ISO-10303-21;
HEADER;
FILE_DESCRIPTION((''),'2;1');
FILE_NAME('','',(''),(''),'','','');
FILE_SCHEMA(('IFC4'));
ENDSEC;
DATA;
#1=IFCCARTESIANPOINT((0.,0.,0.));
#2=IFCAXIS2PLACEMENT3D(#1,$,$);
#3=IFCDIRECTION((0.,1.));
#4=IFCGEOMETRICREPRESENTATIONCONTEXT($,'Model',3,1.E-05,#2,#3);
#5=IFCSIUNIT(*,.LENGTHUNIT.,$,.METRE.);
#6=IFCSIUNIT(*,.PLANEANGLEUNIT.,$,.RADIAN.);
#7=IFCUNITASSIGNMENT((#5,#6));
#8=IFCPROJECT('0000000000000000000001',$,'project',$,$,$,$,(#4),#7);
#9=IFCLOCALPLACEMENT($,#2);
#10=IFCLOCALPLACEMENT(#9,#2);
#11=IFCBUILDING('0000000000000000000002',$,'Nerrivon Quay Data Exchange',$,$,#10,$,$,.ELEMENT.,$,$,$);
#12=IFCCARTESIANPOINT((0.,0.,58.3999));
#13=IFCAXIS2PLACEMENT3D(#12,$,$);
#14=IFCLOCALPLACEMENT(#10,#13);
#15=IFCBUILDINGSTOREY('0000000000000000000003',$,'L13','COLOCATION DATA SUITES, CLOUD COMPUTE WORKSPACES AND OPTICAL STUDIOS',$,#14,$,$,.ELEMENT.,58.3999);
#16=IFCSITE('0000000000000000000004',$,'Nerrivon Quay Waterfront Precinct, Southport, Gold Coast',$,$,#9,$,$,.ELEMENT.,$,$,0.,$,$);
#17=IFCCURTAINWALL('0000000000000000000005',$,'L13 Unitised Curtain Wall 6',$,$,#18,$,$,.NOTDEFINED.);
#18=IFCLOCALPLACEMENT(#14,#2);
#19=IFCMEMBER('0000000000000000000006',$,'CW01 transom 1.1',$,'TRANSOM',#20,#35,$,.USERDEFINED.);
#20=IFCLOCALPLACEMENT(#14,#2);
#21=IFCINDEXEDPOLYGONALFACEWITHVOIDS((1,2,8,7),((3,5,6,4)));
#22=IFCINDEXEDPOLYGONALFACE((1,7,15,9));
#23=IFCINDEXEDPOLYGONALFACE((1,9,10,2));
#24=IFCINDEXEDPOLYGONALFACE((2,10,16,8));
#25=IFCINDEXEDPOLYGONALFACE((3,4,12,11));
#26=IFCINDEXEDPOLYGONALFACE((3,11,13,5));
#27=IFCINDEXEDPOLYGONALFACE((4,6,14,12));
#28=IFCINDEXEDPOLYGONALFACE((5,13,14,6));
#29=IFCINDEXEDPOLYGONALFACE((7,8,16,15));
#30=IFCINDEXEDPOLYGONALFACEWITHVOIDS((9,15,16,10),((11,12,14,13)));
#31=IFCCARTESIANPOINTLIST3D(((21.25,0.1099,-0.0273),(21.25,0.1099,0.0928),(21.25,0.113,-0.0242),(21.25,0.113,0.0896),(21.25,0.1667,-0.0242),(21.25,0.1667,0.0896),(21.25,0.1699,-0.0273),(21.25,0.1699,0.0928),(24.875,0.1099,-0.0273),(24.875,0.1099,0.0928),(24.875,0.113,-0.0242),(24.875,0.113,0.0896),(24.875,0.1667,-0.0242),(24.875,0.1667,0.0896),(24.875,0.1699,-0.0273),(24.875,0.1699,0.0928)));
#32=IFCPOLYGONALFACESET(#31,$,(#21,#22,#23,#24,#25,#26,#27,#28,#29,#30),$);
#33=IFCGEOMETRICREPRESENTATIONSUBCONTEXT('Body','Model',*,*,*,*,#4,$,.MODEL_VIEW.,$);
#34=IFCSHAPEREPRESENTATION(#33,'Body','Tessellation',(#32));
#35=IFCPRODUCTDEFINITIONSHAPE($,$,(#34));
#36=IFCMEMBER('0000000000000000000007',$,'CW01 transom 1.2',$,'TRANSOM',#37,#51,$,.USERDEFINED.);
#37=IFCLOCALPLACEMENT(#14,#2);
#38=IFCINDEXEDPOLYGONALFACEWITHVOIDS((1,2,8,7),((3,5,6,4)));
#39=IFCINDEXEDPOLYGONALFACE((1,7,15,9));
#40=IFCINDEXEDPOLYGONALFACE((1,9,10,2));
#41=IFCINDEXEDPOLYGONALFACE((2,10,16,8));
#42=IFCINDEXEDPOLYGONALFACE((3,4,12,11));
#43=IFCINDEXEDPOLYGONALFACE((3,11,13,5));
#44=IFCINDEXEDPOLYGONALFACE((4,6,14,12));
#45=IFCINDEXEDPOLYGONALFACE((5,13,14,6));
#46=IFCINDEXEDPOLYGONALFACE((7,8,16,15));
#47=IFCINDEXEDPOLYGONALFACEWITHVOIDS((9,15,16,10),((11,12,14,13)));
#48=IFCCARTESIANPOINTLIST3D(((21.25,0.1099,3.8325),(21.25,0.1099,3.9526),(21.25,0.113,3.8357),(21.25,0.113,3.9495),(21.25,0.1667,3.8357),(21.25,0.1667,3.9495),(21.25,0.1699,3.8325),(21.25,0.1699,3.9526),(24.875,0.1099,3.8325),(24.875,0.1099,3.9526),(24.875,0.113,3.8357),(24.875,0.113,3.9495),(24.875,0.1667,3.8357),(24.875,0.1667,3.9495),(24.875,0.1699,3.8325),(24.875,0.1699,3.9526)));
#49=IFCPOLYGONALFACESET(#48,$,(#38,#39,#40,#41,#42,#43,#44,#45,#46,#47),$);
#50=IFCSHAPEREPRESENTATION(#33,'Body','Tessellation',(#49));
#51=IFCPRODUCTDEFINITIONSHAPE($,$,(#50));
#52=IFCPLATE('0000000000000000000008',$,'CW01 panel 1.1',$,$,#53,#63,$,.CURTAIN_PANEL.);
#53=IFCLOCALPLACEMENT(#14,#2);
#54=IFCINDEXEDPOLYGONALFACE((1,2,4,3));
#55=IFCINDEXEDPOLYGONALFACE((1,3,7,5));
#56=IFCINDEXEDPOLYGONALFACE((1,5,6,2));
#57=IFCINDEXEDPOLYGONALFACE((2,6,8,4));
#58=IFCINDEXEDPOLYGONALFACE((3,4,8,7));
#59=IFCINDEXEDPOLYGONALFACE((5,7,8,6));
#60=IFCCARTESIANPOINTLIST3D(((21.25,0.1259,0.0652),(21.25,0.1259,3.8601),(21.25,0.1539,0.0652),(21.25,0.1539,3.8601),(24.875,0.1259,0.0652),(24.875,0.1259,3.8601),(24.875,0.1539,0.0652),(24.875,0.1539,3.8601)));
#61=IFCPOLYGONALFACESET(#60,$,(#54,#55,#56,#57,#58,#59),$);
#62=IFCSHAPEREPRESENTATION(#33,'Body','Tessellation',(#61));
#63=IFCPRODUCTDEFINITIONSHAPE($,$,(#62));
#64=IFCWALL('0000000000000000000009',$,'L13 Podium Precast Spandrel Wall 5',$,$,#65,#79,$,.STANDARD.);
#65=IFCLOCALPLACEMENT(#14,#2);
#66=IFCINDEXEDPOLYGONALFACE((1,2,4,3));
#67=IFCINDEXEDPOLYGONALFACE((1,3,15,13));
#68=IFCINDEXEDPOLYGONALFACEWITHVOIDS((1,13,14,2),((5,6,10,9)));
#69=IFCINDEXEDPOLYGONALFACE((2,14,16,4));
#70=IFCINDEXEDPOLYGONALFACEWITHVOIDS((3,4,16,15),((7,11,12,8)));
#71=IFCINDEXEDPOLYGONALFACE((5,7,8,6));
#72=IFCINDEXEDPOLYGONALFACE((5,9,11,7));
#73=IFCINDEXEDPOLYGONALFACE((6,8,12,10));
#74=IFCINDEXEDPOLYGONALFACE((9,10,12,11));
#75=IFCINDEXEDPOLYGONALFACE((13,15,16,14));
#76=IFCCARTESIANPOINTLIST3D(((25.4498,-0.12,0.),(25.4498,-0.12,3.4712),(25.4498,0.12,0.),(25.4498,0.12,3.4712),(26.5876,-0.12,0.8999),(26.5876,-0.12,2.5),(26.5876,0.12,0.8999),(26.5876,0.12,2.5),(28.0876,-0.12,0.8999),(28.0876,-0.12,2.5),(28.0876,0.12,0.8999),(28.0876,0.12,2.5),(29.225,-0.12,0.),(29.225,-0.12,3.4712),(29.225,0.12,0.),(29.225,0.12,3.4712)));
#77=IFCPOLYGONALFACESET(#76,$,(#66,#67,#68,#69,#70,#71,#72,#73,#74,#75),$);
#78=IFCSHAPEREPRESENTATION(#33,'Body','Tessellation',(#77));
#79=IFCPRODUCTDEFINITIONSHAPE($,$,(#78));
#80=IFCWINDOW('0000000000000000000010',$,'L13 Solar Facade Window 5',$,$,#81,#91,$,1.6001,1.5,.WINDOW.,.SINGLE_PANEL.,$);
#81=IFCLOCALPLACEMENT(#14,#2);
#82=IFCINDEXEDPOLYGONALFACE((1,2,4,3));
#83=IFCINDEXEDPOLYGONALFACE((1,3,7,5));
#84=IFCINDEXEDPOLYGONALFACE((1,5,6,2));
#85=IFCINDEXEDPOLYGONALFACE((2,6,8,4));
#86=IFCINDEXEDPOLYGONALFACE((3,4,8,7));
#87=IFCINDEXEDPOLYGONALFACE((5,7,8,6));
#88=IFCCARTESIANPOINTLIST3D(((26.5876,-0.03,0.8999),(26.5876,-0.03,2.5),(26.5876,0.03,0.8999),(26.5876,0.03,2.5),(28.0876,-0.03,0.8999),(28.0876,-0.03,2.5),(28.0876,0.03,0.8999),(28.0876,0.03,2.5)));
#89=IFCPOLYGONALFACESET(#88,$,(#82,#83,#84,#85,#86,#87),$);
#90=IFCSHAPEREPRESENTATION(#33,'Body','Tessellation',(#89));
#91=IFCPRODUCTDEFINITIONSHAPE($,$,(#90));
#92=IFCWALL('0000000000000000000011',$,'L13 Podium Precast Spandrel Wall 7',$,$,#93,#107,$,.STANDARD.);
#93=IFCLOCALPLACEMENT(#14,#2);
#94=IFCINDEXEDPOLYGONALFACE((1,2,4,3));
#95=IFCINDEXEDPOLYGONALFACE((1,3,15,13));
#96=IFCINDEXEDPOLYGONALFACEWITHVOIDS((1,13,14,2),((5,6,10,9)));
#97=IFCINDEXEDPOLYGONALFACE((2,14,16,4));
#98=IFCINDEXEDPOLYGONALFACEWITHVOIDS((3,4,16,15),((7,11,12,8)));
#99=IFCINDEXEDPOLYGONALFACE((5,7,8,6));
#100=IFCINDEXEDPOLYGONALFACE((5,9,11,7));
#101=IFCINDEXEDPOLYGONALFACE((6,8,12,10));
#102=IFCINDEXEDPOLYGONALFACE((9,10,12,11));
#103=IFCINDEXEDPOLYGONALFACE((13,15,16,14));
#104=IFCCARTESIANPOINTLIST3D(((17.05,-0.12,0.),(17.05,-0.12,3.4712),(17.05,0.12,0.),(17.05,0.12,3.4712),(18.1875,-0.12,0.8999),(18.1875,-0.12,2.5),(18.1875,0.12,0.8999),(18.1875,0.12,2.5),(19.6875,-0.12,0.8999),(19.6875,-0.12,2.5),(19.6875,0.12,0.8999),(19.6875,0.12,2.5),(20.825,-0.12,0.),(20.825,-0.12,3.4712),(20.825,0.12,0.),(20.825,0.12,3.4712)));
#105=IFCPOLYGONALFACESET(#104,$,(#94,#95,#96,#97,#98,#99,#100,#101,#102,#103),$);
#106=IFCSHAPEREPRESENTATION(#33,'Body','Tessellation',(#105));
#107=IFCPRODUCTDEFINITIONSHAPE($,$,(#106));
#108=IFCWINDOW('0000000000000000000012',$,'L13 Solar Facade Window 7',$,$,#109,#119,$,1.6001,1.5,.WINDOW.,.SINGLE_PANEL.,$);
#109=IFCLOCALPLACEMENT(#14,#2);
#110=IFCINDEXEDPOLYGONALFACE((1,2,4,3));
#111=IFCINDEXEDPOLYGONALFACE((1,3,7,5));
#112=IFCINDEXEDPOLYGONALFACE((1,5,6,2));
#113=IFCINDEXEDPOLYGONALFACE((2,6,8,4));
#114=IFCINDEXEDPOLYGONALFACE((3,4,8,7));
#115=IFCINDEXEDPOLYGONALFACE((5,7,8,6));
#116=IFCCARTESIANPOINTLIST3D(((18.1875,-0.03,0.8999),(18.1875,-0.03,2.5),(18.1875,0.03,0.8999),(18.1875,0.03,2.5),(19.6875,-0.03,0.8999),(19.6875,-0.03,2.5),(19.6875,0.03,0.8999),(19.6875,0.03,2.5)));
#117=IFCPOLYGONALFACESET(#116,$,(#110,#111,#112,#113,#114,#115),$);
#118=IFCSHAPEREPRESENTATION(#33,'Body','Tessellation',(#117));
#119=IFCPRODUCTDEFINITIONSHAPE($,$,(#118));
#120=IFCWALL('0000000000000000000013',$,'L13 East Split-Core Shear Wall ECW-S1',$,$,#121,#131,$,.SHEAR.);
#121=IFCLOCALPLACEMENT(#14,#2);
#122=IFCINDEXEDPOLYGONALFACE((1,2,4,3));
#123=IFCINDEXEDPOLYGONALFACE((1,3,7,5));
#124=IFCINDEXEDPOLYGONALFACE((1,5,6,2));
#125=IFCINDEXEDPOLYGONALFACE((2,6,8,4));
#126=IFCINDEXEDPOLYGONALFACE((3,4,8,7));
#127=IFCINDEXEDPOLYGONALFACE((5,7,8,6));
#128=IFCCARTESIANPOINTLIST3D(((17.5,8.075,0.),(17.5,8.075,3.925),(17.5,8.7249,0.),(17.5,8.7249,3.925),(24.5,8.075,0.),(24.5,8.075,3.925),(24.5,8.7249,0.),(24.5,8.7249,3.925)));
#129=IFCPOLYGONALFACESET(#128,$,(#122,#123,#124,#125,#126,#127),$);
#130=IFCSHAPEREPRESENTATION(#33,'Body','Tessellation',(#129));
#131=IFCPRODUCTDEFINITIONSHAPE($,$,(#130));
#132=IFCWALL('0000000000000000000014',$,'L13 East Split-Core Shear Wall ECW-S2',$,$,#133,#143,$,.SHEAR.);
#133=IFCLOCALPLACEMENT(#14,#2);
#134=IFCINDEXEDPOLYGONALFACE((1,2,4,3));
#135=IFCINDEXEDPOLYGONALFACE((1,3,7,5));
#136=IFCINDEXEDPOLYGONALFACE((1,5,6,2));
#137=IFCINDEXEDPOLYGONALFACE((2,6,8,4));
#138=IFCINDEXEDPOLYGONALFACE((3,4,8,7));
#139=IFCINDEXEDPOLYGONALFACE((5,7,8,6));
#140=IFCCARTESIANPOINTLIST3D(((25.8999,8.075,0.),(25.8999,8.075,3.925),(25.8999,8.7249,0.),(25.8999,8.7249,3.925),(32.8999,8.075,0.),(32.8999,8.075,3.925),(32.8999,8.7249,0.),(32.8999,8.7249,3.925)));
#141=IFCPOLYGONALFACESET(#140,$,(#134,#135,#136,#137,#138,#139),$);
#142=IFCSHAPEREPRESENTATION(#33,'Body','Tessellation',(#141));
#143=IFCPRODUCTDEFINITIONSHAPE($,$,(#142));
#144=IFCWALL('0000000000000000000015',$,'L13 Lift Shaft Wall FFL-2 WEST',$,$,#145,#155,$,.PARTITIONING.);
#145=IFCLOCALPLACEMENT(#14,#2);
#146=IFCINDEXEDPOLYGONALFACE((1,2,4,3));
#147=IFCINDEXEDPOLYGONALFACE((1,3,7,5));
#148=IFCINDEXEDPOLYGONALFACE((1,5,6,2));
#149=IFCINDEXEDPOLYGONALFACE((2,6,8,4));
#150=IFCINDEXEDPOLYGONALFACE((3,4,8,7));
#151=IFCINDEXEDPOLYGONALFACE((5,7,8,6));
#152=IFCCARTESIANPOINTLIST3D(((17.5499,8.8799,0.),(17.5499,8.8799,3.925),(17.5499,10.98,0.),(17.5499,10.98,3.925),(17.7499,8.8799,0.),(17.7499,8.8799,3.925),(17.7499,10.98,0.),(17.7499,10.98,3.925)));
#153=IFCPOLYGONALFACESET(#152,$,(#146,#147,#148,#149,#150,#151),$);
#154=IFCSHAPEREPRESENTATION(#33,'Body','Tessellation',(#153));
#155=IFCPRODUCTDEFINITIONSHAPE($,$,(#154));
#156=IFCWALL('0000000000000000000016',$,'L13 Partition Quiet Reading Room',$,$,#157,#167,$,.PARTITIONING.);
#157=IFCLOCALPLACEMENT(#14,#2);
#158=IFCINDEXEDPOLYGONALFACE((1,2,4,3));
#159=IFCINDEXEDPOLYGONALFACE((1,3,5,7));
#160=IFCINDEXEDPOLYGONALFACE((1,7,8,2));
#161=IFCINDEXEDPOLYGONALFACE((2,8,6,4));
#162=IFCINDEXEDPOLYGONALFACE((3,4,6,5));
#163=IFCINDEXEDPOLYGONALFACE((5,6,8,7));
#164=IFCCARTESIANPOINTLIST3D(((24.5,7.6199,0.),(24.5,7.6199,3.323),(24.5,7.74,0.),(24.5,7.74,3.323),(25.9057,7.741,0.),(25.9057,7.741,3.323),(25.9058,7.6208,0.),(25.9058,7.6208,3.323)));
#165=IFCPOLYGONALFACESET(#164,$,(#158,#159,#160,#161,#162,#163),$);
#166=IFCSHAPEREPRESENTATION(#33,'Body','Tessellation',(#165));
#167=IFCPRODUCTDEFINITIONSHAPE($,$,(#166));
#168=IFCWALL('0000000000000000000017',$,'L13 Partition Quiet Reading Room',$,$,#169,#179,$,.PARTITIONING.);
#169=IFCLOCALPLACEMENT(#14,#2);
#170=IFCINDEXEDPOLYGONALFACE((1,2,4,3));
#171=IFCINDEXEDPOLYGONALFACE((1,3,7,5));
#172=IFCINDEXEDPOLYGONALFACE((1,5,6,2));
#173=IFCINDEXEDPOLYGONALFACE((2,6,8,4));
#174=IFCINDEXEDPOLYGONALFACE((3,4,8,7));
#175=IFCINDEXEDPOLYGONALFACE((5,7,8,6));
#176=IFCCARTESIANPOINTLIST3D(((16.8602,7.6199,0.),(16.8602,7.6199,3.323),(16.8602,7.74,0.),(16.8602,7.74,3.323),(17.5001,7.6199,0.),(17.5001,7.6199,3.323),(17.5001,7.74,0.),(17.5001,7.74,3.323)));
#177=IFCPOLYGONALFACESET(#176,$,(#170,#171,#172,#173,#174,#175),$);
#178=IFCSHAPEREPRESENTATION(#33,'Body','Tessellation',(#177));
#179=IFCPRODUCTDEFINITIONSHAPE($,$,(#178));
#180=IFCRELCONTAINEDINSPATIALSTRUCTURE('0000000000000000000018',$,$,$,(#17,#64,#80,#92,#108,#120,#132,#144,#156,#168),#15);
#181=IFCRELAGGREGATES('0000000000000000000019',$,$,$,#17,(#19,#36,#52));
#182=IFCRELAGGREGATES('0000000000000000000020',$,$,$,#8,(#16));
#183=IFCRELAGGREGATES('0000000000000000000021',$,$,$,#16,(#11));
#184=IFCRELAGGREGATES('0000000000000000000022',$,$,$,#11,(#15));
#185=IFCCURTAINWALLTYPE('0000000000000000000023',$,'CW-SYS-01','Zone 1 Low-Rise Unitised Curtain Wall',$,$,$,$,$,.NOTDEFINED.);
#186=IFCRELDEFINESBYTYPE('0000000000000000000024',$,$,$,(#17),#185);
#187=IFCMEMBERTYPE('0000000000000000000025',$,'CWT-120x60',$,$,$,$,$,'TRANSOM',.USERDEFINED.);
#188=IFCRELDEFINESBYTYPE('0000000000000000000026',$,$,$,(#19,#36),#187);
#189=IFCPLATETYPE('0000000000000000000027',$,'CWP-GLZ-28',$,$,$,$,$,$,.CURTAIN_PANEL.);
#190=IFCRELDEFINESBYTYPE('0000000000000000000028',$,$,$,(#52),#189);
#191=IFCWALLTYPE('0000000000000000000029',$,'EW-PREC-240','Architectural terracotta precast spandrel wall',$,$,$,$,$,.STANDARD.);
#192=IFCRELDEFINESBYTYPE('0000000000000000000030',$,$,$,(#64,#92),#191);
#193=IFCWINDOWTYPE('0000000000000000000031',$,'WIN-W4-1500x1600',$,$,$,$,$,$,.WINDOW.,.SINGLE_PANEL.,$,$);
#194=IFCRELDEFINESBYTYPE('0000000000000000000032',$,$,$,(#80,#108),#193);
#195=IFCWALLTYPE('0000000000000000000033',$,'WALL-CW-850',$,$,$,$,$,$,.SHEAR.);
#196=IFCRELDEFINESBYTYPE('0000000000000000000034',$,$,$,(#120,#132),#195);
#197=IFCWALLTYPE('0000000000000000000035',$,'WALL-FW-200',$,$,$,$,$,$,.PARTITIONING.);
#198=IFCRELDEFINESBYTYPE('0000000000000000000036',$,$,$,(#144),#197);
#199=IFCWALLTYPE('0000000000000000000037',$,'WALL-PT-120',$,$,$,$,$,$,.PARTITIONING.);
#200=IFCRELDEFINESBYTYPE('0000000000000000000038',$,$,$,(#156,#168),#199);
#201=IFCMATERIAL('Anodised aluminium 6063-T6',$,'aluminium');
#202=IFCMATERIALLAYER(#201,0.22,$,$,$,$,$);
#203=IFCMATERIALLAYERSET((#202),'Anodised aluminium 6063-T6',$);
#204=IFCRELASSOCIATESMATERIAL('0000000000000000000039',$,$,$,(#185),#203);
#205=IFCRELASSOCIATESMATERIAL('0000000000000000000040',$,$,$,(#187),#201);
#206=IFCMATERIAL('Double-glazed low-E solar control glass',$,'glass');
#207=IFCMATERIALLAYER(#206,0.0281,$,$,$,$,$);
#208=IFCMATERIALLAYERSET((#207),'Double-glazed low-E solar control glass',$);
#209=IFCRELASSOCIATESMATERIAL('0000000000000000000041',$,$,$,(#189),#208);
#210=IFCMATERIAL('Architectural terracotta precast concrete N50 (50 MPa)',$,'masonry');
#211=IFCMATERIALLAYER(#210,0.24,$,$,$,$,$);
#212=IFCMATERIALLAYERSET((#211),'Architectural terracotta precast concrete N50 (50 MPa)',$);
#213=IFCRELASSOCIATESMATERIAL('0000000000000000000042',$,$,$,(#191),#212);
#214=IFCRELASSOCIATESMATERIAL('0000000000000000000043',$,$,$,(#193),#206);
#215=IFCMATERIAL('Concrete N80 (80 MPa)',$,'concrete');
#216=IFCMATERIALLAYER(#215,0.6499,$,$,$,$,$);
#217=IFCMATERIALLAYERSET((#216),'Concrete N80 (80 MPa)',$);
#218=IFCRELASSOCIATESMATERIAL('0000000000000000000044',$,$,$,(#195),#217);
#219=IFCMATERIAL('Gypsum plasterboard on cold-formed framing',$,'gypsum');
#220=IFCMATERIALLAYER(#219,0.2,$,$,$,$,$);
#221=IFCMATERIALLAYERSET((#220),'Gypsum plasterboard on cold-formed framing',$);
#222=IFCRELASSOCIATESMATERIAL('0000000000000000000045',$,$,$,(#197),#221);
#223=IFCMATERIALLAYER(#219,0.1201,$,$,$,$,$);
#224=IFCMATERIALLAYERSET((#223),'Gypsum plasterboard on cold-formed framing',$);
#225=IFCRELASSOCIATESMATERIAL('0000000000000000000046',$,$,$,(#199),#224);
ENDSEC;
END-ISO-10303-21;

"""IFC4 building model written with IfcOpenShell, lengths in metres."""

from ifc_helpers import new_model, si_unit, direction, frame, frame_2d, origin, origin_2d, place, context, subcontext, project, spatial, rectangle, hollow_rectangle, extrude, material, layer, layer_set, material_profile, profile_set, type_object, element, fill, aggregate, save


model = new_model("IFC4")

# Units and contexts
model_context = context("Model", 3, precision=1e-05, world=origin(), true_north=direction((0.0, 1.0)))
body_context = subcontext(model_context, "Body", "Model", "MODEL_VIEW")
ifc_project = project(units=[si_unit("LENGTHUNIT", "METRE"), si_unit("PLANEANGLEUNIT", "RADIAN")], contexts=[model_context])

# Site, building, storey
site_placement = place(None, origin())
site = spatial("IfcSite", under=ifc_project, at=site_placement, Name="Nerrivon Quay Waterfront Precinct, Southport, Gold Coast", CompositionType="ELEMENT", RefElevation=0.0)
building_placement = place(site_placement, origin())
building = spatial("IfcBuilding", under=site, at=building_placement, Name="Nerrivon Quay Data Exchange", CompositionType="ELEMENT")
storey_placement = place(building_placement, frame((0.0, 0.0, 58.3999)))
storey = spatial("IfcBuildingStorey", under=building, at=storey_placement, Name="L13", Description="COLOCATION DATA SUITES, CLOUD COMPUTE WORKSPACES AND OPTICAL STUDIOS", CompositionType="ELEMENT", Elevation=58.3999)

# Shared definitions
ifc_material_1 = material(Name="Concrete N80 (80 MPa)", Category="concrete")

# Shared definitions
ifc_material_2 = material(Name="Anodised aluminium 6063-T6", Category="aluminium")
ifc_layer_1 = layer(ifc_material_2, 0.22)
ifc_layer_set_1 = layer_set([ifc_layer_1], Name="Anodised aluminium 6063-T6")
curtain_wall_type = type_object("IfcCurtainWallType", Name="CW-SYS-01", Description="Zone 1 Low-Rise Unitised Curtain Wall", PredefinedType="NOTDEFINED", material=ifc_layer_set_1)

# Curtain wall, members, plate
curtain_wall_1_placement = place(storey_placement, origin())
curtain_wall_1 = element("IfcCurtainWall", 1, at=curtain_wall_1_placement, inside=storey, type_object=curtain_wall_type, Name="L13 Unitised Curtain Wall 6", PredefinedType="NOTDEFINED")
ifc_material_profile_1 = material_profile(ifc_material_2, hollow_rectangle(XDim=0.0601, YDim=0.1201, WallThickness=0.0032, at=origin_2d()), Name="ALU-TRAN-120x60")
ifc_profile_set_1 = profile_set([ifc_material_profile_1], Name="Anodised aluminium 6063-T6")
member_type_1 = type_object("IfcMemberType", Name="CWT-120x60", ElementType="TRANSOM", PredefinedType="USERDEFINED", material=ifc_profile_set_1)
member_1_placement = place(storey_placement, frame((24.875, 0.1399, 0.0327), z_axis=(-1.0, 0.0, 0.0), x_axis=(0.0, -1.0, 0.0)))
member_1 = element("IfcMember", 2, at=member_1_placement, type_object=member_type_1, Name="CW01 transom 1.1", ObjectType="TRANSOM", PredefinedType="USERDEFINED", context=body_context, shape_type="SweptSolid", body=[
    extrude(hollow_rectangle(XDim=0.0601, YDim=0.1201, WallThickness=0.0032, at=origin_2d()), origin(), (0.0, 0.0, 1.0), 3.625),
])
member_2_placement = place(storey_placement, frame((24.875, 0.1399, 3.8926), z_axis=(-1.0, 0.0, 0.0), x_axis=(0.0, -1.0, 0.0)))
member_2 = element("IfcMember", 3, at=member_2_placement, type_object=member_type_1, Name="CW01 transom 1.2", ObjectType="TRANSOM", PredefinedType="USERDEFINED", context=body_context, shape_type="SweptSolid", body=[
    extrude(hollow_rectangle(XDim=0.0601, YDim=0.1201, WallThickness=0.0032, at=origin_2d()), origin(), (0.0, 0.0, 1.0), 3.625),
])
ifc_material_3 = material(Name="Double-glazed low-E solar control glass", Category="glass")
ifc_layer_2 = layer(ifc_material_3, 0.0281)
ifc_layer_set_2 = layer_set([ifc_layer_2], Name="Double-glazed low-E solar control glass")
plate_type = type_object("IfcPlateType", Name="CWP-GLZ-28", PredefinedType="CURTAIN_PANEL", material=ifc_layer_set_2)
plate_placement = place(storey_placement, frame((23.0625, 0.1399, 0.0652), z_axis=(0.0, 0.0, 1.0), x_axis=(-1.0, 0.0, 0.0)))
plate = element("IfcPlate", 4, at=plate_placement, type_object=plate_type, Name="CW01 panel 1.1", PredefinedType="CURTAIN_PANEL", context=body_context, shape_type="SweptSolid", body=[
    extrude(rectangle(XDim=3.625, YDim=0.0281, at=origin_2d()), origin(), (0.0, 0.0, 1.0), 3.7949),
])
aggregate(curtain_wall_1, [member_1, member_2, plate])

# Walls, openings, windows
ifc_material_4 = material(Name="Architectural terracotta precast concrete N50 (50 MPa)", Category="masonry")
ifc_layer_3 = layer(ifc_material_4, 0.24)
ifc_layer_set_3 = layer_set([ifc_layer_3], Name="Architectural terracotta precast concrete N50 (50 MPa)")
wall_type_1 = type_object("IfcWallType", Name="EW-PREC-240", Description="Architectural terracotta precast spandrel wall", PredefinedType="STANDARD", material=ifc_layer_set_3)
wall_1_placement = place(storey_placement, frame((29.2251, 0.0, 0.0), z_axis=(0.0, 0.0, 1.0), x_axis=(-1.0, 0.0, 0.0)))
wall_1 = element("IfcWall", 5, at=wall_1_placement, inside=storey, type_object=wall_type_1, Name="L13 Podium Precast Spandrel Wall 5", PredefinedType="STANDARD", context=body_context, shape_type="SweptSolid", body=[
    extrude(rectangle(XDim=3.7751, YDim=0.24, at=frame_2d((1.8877, 0.0))), origin(), (0.0, 0.0, 1.0), 3.4712),
])
opening_1_placement = place(wall_1_placement, frame((1.1375, 0.0, 0.8999)))
opening_1 = element("IfcOpeningElement", 6, at=opening_1_placement, cuts=wall_1, PredefinedType="OPENING", context=body_context, shape_type="SweptSolid", body=[
    extrude(rectangle(XDim=1.5, YDim=1.6001, at=frame_2d((0.75, 0.8))), frame((0.0, 0.1299, 0.0), z_axis=(0.0, -1.0, 0.0), x_axis=(1.0, 0.0, 0.0)), (0.0, 0.0, 1.0), 0.26),
])
window_type = type_object("IfcWindowType", Name="WIN-W4-1500x1600", PartitioningType="SINGLE_PANEL", PredefinedType="WINDOW", material=ifc_material_3)
window_1_placement = place(opening_1_placement, origin())
window_1 = element("IfcWindow", 7, at=window_1_placement, inside=storey, type_object=window_type, Name="L13 Solar Facade Window 5", OverallHeight=1.6001, OverallWidth=1.5, PartitioningType="SINGLE_PANEL", PredefinedType="WINDOW", context=body_context, shape_type="SweptSolid", body=[
    extrude(rectangle(XDim=1.5, YDim=1.6001, at=frame_2d((0.75, 0.8))), frame((0.0, 0.03, 0.0), z_axis=(0.0, -1.0, 0.0), x_axis=(1.0, 0.0, 0.0)), (0.0, 0.0, 1.0), 0.0601),
])
fill(opening_1, window_1)
wall_2_placement = place(storey_placement, frame((20.825, 0.0, 0.0), z_axis=(0.0, 0.0, 1.0), x_axis=(-1.0, 0.0, 0.0)))
wall_2 = element("IfcWall", 8, at=wall_2_placement, inside=storey, type_object=wall_type_1, Name="L13 Podium Precast Spandrel Wall 7", PredefinedType="STANDARD", context=body_context, shape_type="SweptSolid", body=[
    extrude(rectangle(XDim=3.7749, YDim=0.24, at=frame_2d((1.8875, 0.0))), origin(), (0.0, 0.0, 1.0), 3.4712),
])
opening_2_placement = place(wall_2_placement, frame((1.1375, 0.0, 0.8999)))
opening_2 = element("IfcOpeningElement", 9, at=opening_2_placement, cuts=wall_2, PredefinedType="OPENING", context=body_context, shape_type="SweptSolid", body=[
    extrude(rectangle(XDim=1.5, YDim=1.6001, at=frame_2d((0.75, 0.8))), frame((0.0, 0.1299, 0.0), z_axis=(0.0, -1.0, 0.0), x_axis=(1.0, 0.0, 0.0)), (0.0, 0.0, 1.0), 0.26),
])
window_2_placement = place(opening_2_placement, origin())
window_2 = element("IfcWindow", 10, at=window_2_placement, inside=storey, type_object=window_type, Name="L13 Solar Facade Window 7", OverallHeight=1.6001, OverallWidth=1.5, PartitioningType="SINGLE_PANEL", PredefinedType="WINDOW", context=body_context, shape_type="SweptSolid", body=[
    extrude(rectangle(XDim=1.5, YDim=1.6001, at=frame_2d((0.75, 0.8))), frame((0.0, 0.03, 0.0), z_axis=(0.0, -1.0, 0.0), x_axis=(1.0, 0.0, 0.0)), (0.0, 0.0, 1.0), 0.0601),
])
fill(opening_2, window_2)

# Walls
ifc_layer_4 = layer(ifc_material_1, 0.6499)
ifc_layer_set_4 = layer_set([ifc_layer_4], Name="Concrete N80 (80 MPa)")
wall_type_2 = type_object("IfcWallType", Name="WALL-CW-850", PredefinedType="SHEAR", material=ifc_layer_set_4)
for number, where, z_axis, x_axis, name in (
    (11, (17.5, 8.3999, 0.0), (0.0, 0.0, 1.0), (1.0, 0.0, 0.0), "L13 East Split-Core Shear Wall ECW-S1"),
    (12, (25.8999, 8.3999, 0.0), (0.0, 0.0, 1.0), (1.0, 0.0, 0.0), "L13 East Split-Core Shear Wall ECW-S2"),
):
    element("IfcWall", number, at=place(storey_placement, frame(where, z_axis=z_axis, x_axis=x_axis)), inside=storey, type_object=wall_type_2, Name=name, PredefinedType="SHEAR", context=body_context, shape_type="SweptSolid", body=[
        extrude(rectangle(XDim=7.0, YDim=0.6499, at=frame_2d((3.5, 0.0))), origin(), (0.0, 0.0, 1.0), 3.925),
    ])
ifc_material_5 = material(Name="Gypsum plasterboard on cold-formed framing", Category="gypsum")
ifc_layer_5 = layer(ifc_material_5, 0.2)
ifc_layer_set_5 = layer_set([ifc_layer_5], Name="Gypsum plasterboard on cold-formed framing")
wall_type_3 = type_object("IfcWallType", Name="WALL-FW-200", PredefinedType="PARTITIONING", material=ifc_layer_set_5)
wall_3_placement = place(storey_placement, frame((17.6499, 8.8799, 0.0), z_axis=(0.0, 0.0, 1.0), x_axis=(0.0, 1.0, 0.0)))
element("IfcWall", 13, at=wall_3_placement, inside=storey, type_object=wall_type_3, Name="L13 Lift Shaft Wall FFL-2 WEST", PredefinedType="PARTITIONING", context=body_context, shape_type="SweptSolid", body=[
    extrude(rectangle(XDim=2.1001, YDim=0.2, at=frame_2d((1.05, 0.0))), origin(), (0.0, 0.0, 1.0), 3.925),
])
ifc_layer_6 = layer(ifc_material_5, 0.1201)
ifc_layer_set_6 = layer_set([ifc_layer_6], Name="Gypsum plasterboard on cold-formed framing")
wall_type_4 = type_object("IfcWallType", Name="WALL-PT-120", PredefinedType="PARTITIONING", material=ifc_layer_set_6)
wall_4_placement = place(storey_placement, frame((25.9058, 7.6809, 0.0), z_axis=(0.0, 0.0, 1.0), x_axis=(-1.0, -0.000695, 0.0)))
element("IfcWall", 14, at=wall_4_placement, inside=storey, type_object=wall_type_4, Name="L13 Partition Quiet Reading Room", PredefinedType="PARTITIONING", context=body_context, shape_type="SweptSolid", body=[
    extrude(rectangle(XDim=1.4058, YDim=0.1201, at=frame_2d((0.7029, 0.0))), origin(), (0.0, 0.0, 1.0), 3.323),
])
wall_5_placement = place(storey_placement, frame((17.5, 7.6799, 0.0), z_axis=(0.0, 0.0, 1.0), x_axis=(-1.0, 0.0, 0.0)))
element("IfcWall", 15, at=wall_5_placement, inside=storey, type_object=wall_type_4, Name="L13 Partition Quiet Reading Room", PredefinedType="PARTITIONING", context=body_context, shape_type="SweptSolid", body=[
    extrude(rectangle(XDim=0.6399, YDim=0.1201, at=frame_2d((0.3198, 0.0))), origin(), (0.0, 0.0, 1.0), 3.323),
])

save(model, "model.ifc")
